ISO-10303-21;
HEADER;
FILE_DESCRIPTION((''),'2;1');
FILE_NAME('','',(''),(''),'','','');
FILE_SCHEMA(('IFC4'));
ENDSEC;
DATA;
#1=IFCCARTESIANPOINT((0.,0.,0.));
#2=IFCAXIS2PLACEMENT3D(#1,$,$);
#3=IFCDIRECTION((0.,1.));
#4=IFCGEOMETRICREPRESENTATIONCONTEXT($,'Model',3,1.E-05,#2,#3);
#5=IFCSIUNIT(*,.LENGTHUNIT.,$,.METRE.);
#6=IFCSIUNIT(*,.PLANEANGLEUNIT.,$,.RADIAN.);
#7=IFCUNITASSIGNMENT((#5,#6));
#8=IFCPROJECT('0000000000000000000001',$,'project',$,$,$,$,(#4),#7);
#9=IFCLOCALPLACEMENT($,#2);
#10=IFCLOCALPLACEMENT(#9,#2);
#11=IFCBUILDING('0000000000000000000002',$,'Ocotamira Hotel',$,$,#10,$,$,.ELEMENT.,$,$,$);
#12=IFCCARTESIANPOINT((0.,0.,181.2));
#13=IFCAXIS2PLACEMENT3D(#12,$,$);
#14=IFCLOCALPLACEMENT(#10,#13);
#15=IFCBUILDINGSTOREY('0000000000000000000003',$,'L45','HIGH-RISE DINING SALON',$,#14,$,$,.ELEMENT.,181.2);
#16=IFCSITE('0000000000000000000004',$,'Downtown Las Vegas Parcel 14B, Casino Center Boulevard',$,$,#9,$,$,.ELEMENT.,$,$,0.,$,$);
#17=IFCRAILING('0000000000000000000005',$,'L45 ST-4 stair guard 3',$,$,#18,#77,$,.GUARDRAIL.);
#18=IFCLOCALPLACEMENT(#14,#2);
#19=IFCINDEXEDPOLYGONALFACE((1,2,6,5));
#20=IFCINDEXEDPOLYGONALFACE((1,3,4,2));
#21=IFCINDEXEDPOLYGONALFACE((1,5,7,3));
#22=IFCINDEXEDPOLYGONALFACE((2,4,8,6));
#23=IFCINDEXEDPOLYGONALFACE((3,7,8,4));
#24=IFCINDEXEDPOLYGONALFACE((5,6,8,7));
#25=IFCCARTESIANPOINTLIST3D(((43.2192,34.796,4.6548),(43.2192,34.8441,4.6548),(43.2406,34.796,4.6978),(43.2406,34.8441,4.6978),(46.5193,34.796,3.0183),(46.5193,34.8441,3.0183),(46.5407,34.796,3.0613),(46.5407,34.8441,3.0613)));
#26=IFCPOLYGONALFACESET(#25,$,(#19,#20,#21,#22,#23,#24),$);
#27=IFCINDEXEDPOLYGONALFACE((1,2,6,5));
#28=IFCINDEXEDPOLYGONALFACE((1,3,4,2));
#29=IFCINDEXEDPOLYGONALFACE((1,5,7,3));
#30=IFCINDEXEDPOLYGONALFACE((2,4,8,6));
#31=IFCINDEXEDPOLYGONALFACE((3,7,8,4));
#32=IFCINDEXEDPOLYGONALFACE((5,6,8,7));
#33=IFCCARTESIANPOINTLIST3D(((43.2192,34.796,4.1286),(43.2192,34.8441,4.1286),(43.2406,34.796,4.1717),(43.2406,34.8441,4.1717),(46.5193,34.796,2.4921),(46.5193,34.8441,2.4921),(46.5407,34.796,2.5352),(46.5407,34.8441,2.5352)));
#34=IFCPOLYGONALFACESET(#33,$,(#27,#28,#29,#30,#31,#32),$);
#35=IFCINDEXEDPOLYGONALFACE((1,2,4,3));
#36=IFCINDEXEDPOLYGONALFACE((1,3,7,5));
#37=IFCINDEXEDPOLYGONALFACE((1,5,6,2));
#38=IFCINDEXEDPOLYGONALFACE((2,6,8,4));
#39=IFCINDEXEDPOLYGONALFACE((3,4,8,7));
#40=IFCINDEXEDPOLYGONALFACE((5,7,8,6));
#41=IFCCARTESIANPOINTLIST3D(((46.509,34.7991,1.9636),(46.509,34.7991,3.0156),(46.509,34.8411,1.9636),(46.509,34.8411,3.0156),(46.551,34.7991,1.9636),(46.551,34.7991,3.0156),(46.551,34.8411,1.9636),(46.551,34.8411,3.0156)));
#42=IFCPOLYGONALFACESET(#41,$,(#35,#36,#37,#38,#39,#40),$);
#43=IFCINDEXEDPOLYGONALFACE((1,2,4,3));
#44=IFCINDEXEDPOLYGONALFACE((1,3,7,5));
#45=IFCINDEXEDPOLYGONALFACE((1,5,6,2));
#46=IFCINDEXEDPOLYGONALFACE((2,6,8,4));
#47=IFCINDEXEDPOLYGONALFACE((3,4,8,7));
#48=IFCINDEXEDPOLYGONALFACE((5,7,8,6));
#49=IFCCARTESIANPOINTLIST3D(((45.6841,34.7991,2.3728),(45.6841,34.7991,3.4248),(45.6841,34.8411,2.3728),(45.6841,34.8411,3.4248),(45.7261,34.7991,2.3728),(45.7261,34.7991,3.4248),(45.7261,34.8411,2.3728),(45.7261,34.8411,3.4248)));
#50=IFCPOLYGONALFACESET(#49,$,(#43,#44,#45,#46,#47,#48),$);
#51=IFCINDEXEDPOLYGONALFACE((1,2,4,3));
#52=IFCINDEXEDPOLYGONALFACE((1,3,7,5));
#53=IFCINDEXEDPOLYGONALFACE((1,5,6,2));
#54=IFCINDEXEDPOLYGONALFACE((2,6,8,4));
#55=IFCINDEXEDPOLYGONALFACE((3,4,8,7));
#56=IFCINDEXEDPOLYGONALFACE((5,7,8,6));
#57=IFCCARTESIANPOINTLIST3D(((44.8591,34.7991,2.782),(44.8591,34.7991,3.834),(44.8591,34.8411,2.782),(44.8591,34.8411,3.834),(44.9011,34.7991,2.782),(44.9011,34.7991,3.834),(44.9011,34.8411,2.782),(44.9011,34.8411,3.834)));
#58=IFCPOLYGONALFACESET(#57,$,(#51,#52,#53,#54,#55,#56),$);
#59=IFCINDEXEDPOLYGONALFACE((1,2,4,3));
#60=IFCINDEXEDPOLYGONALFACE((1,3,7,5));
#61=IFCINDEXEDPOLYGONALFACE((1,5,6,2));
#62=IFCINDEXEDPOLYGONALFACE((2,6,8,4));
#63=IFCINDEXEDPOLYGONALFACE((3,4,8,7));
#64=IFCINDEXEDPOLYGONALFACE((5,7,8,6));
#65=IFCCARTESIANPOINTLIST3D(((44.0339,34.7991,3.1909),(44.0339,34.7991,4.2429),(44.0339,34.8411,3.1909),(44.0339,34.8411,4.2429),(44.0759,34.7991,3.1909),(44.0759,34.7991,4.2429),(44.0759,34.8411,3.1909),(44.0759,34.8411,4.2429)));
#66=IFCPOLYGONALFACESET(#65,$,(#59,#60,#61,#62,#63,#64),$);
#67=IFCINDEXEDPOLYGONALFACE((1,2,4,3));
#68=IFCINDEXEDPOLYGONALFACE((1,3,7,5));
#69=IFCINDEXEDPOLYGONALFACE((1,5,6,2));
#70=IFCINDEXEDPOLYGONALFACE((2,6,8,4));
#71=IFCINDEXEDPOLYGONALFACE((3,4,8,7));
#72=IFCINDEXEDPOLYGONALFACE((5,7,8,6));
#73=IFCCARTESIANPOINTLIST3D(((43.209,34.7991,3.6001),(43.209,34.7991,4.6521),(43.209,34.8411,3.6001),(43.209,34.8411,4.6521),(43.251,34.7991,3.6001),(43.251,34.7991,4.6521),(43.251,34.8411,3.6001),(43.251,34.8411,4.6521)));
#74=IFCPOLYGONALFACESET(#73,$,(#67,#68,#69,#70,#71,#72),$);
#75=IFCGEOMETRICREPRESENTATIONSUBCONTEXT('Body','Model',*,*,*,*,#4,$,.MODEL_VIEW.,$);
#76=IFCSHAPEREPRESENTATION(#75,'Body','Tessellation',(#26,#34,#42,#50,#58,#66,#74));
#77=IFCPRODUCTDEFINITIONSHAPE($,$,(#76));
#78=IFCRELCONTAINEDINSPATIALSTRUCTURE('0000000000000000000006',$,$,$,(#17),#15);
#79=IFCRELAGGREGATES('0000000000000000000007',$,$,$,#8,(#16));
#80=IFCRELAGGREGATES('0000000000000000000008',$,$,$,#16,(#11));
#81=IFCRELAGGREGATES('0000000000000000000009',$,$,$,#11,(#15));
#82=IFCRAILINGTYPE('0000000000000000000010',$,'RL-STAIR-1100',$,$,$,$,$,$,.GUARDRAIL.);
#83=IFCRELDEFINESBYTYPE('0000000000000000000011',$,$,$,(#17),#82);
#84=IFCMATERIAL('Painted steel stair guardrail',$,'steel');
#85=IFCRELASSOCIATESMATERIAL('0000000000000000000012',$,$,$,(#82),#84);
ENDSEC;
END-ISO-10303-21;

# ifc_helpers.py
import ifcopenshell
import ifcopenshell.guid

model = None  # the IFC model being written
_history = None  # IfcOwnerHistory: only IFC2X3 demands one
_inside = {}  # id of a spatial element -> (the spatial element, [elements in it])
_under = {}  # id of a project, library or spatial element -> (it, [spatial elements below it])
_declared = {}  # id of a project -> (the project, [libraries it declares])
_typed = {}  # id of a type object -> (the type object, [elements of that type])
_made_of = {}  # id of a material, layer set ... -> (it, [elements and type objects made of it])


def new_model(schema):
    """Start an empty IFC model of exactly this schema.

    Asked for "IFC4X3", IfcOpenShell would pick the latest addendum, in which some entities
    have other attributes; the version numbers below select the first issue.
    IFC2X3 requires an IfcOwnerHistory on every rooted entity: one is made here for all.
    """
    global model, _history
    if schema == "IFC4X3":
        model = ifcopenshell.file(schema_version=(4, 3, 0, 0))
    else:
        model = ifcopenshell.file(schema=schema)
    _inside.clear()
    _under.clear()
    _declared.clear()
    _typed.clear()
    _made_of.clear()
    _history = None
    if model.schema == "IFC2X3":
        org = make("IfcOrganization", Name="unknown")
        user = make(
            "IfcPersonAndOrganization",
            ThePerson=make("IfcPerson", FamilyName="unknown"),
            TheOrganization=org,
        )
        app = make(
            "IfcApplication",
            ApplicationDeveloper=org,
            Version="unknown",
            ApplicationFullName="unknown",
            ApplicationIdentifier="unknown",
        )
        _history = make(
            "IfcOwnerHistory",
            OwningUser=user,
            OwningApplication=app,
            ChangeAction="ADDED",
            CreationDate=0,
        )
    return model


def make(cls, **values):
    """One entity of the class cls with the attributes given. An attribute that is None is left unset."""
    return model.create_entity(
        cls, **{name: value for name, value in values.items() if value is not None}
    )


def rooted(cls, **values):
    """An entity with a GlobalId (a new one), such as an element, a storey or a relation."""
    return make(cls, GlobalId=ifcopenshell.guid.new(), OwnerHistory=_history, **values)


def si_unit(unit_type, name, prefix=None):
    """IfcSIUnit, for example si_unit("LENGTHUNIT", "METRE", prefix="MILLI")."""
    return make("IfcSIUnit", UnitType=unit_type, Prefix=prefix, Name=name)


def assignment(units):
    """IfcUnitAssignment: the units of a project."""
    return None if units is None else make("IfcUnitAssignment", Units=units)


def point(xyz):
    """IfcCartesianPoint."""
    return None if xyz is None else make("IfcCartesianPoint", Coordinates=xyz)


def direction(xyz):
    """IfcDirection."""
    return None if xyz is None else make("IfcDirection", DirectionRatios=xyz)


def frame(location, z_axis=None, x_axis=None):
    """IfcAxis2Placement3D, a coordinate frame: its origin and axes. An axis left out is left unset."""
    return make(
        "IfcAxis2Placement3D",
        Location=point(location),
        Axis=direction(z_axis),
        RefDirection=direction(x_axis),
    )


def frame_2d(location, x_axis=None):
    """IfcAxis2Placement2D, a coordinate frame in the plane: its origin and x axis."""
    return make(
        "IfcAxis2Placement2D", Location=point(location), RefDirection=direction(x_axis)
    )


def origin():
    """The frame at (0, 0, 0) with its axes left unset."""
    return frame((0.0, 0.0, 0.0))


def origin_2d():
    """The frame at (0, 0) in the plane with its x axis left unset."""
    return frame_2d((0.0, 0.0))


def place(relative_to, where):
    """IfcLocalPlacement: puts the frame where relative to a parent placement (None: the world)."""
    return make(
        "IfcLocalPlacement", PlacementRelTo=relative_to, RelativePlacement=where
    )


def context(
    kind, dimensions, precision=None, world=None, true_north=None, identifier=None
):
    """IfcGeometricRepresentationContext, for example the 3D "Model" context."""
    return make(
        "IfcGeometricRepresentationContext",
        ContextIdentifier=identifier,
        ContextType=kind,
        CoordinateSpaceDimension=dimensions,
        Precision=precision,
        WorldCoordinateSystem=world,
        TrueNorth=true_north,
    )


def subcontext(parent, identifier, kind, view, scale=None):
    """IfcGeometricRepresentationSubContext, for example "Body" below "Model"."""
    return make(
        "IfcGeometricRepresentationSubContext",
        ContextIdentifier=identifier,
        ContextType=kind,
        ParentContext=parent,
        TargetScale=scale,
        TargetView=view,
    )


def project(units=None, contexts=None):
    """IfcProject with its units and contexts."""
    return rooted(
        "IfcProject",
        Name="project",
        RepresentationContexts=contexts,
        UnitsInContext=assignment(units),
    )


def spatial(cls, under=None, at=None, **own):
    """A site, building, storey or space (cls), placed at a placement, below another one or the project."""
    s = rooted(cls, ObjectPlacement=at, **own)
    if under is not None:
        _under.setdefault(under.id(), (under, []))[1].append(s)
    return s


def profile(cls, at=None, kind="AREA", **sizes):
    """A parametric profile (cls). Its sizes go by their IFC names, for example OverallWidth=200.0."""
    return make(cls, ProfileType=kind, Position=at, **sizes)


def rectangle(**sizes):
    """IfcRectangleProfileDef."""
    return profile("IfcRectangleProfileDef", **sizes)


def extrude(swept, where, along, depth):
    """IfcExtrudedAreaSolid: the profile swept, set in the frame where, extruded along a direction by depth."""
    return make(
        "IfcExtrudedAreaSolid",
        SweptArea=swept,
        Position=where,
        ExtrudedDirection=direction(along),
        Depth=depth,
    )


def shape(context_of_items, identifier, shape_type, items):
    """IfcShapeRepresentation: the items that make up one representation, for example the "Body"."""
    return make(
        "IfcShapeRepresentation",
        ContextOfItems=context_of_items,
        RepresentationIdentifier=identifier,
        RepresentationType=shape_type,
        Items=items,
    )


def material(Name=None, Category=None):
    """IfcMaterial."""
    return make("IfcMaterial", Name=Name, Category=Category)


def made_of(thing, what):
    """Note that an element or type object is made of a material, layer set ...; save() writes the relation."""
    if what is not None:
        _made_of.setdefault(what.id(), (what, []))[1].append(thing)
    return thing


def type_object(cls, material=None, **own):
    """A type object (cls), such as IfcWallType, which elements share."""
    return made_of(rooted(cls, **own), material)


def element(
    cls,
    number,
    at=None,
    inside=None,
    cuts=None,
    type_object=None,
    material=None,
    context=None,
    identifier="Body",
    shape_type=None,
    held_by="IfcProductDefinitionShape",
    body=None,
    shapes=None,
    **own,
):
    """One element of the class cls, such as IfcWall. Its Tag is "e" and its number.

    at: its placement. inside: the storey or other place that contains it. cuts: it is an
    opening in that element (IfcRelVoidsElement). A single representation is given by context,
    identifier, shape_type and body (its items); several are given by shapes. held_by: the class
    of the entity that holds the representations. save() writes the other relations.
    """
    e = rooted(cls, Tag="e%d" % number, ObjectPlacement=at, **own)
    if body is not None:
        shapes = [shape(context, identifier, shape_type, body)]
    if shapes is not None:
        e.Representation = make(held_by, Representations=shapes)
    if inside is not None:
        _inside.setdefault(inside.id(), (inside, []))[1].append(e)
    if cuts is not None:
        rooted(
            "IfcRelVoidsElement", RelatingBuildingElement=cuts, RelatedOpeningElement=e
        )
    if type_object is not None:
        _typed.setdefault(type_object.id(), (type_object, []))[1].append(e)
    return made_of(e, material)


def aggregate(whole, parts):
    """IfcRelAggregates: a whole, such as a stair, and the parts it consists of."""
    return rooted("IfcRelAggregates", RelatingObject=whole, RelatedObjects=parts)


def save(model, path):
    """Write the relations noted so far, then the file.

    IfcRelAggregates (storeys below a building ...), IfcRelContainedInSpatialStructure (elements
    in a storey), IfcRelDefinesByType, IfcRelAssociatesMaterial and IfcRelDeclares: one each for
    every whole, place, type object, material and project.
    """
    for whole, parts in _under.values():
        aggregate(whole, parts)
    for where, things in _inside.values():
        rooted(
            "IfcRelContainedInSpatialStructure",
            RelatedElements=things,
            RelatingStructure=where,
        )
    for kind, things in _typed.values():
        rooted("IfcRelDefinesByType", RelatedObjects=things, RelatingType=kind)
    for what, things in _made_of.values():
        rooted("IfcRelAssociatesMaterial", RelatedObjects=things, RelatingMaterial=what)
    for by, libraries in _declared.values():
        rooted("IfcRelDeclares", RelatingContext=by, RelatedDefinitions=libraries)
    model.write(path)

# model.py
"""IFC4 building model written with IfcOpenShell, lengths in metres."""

from ifc_helpers import new_model, si_unit, direction, frame, origin, origin_2d, place, context, subcontext, project, spatial, rectangle, extrude, material, type_object, element, save


model = new_model("IFC4")

# Units and contexts
model_context = context("Model", 3, precision=1e-05, world=origin(), true_north=direction((0.0, 1.0)))
body_context = subcontext(model_context, "Body", "Model", "MODEL_VIEW")
ifc_project = project(units=[si_unit("LENGTHUNIT", "METRE"), si_unit("PLANEANGLEUNIT", "RADIAN")], contexts=[model_context])

# Site, building, storey
site_placement = place(None, origin())
site = spatial("IfcSite", under=ifc_project, at=site_placement, Name="Downtown Las Vegas Parcel 14B, Casino Center Boulevard", CompositionType="ELEMENT", RefElevation=0.0)
building_placement = place(site_placement, origin())
building = spatial("IfcBuilding", under=site, at=building_placement, Name="Ocotamira Hotel", CompositionType="ELEMENT")
storey_placement = place(building_placement, frame((0.0, 0.0, 181.2)))
storey = spatial("IfcBuildingStorey", under=building, at=storey_placement, Name="L45", Description="HIGH-RISE DINING SALON", CompositionType="ELEMENT", Elevation=181.2)

# Railing
ifc_material_1 = material(Name="Painted steel stair guardrail", Category="steel")
railing_type_1 = type_object("IfcRailingType", Name="RL-STAIR-1100", PredefinedType="GUARDRAIL", material=ifc_material_1)
railing_1_placement = place(storey_placement, frame((46.53, 34.8201, 1.9636)))
element("IfcRailing", 1, at=railing_1_placement, inside=storey, type_object=railing_type_1, Name="L45 ST-4 stair guard 3", PredefinedType="GUARDRAIL", context=body_context, shape_type="SweptSolid", body=[
    extrude(rectangle(XDim=0.0481, YDim=0.0481, at=origin_2d()), frame((0.0, 0.0, 1.0762), z_axis=(-0.895894, 0.0, 0.444268), x_axis=(0.0, -1.0, 0.0)), (0.0, 0.0, 1.0), 3.6836),
    extrude(rectangle(XDim=0.0481, YDim=0.0481, at=origin_2d()), frame((0.0, 0.0, 0.55), z_axis=(-0.895894, 0.0, 0.444268), x_axis=(0.0, -1.0, 0.0)), (0.0, 0.0, 1.0), 3.6836),
    extrude(rectangle(XDim=0.042, YDim=0.042, at=origin_2d()), origin(), (0.0, 0.0, 1.0), 1.052),
    extrude(rectangle(XDim=0.042, YDim=0.042, at=origin_2d()), frame((-0.825, 0.0, 0.4092)), (0.0, 0.0, 1.0), 1.052),
    extrude(rectangle(XDim=0.042, YDim=0.042, at=origin_2d()), frame((-1.6499, 0.0, 0.8184)), (0.0, 0.0, 1.0), 1.052),
    extrude(rectangle(XDim=0.042, YDim=0.042, at=origin_2d()), frame((-2.4751, 0.0, 1.2273)), (0.0, 0.0, 1.0), 1.052),
    extrude(rectangle(XDim=0.042, YDim=0.042, at=origin_2d()), frame((-3.3, 0.0, 1.6365)), (0.0, 0.0, 1.0), 1.052),
])

save(model, "model.ifc")
